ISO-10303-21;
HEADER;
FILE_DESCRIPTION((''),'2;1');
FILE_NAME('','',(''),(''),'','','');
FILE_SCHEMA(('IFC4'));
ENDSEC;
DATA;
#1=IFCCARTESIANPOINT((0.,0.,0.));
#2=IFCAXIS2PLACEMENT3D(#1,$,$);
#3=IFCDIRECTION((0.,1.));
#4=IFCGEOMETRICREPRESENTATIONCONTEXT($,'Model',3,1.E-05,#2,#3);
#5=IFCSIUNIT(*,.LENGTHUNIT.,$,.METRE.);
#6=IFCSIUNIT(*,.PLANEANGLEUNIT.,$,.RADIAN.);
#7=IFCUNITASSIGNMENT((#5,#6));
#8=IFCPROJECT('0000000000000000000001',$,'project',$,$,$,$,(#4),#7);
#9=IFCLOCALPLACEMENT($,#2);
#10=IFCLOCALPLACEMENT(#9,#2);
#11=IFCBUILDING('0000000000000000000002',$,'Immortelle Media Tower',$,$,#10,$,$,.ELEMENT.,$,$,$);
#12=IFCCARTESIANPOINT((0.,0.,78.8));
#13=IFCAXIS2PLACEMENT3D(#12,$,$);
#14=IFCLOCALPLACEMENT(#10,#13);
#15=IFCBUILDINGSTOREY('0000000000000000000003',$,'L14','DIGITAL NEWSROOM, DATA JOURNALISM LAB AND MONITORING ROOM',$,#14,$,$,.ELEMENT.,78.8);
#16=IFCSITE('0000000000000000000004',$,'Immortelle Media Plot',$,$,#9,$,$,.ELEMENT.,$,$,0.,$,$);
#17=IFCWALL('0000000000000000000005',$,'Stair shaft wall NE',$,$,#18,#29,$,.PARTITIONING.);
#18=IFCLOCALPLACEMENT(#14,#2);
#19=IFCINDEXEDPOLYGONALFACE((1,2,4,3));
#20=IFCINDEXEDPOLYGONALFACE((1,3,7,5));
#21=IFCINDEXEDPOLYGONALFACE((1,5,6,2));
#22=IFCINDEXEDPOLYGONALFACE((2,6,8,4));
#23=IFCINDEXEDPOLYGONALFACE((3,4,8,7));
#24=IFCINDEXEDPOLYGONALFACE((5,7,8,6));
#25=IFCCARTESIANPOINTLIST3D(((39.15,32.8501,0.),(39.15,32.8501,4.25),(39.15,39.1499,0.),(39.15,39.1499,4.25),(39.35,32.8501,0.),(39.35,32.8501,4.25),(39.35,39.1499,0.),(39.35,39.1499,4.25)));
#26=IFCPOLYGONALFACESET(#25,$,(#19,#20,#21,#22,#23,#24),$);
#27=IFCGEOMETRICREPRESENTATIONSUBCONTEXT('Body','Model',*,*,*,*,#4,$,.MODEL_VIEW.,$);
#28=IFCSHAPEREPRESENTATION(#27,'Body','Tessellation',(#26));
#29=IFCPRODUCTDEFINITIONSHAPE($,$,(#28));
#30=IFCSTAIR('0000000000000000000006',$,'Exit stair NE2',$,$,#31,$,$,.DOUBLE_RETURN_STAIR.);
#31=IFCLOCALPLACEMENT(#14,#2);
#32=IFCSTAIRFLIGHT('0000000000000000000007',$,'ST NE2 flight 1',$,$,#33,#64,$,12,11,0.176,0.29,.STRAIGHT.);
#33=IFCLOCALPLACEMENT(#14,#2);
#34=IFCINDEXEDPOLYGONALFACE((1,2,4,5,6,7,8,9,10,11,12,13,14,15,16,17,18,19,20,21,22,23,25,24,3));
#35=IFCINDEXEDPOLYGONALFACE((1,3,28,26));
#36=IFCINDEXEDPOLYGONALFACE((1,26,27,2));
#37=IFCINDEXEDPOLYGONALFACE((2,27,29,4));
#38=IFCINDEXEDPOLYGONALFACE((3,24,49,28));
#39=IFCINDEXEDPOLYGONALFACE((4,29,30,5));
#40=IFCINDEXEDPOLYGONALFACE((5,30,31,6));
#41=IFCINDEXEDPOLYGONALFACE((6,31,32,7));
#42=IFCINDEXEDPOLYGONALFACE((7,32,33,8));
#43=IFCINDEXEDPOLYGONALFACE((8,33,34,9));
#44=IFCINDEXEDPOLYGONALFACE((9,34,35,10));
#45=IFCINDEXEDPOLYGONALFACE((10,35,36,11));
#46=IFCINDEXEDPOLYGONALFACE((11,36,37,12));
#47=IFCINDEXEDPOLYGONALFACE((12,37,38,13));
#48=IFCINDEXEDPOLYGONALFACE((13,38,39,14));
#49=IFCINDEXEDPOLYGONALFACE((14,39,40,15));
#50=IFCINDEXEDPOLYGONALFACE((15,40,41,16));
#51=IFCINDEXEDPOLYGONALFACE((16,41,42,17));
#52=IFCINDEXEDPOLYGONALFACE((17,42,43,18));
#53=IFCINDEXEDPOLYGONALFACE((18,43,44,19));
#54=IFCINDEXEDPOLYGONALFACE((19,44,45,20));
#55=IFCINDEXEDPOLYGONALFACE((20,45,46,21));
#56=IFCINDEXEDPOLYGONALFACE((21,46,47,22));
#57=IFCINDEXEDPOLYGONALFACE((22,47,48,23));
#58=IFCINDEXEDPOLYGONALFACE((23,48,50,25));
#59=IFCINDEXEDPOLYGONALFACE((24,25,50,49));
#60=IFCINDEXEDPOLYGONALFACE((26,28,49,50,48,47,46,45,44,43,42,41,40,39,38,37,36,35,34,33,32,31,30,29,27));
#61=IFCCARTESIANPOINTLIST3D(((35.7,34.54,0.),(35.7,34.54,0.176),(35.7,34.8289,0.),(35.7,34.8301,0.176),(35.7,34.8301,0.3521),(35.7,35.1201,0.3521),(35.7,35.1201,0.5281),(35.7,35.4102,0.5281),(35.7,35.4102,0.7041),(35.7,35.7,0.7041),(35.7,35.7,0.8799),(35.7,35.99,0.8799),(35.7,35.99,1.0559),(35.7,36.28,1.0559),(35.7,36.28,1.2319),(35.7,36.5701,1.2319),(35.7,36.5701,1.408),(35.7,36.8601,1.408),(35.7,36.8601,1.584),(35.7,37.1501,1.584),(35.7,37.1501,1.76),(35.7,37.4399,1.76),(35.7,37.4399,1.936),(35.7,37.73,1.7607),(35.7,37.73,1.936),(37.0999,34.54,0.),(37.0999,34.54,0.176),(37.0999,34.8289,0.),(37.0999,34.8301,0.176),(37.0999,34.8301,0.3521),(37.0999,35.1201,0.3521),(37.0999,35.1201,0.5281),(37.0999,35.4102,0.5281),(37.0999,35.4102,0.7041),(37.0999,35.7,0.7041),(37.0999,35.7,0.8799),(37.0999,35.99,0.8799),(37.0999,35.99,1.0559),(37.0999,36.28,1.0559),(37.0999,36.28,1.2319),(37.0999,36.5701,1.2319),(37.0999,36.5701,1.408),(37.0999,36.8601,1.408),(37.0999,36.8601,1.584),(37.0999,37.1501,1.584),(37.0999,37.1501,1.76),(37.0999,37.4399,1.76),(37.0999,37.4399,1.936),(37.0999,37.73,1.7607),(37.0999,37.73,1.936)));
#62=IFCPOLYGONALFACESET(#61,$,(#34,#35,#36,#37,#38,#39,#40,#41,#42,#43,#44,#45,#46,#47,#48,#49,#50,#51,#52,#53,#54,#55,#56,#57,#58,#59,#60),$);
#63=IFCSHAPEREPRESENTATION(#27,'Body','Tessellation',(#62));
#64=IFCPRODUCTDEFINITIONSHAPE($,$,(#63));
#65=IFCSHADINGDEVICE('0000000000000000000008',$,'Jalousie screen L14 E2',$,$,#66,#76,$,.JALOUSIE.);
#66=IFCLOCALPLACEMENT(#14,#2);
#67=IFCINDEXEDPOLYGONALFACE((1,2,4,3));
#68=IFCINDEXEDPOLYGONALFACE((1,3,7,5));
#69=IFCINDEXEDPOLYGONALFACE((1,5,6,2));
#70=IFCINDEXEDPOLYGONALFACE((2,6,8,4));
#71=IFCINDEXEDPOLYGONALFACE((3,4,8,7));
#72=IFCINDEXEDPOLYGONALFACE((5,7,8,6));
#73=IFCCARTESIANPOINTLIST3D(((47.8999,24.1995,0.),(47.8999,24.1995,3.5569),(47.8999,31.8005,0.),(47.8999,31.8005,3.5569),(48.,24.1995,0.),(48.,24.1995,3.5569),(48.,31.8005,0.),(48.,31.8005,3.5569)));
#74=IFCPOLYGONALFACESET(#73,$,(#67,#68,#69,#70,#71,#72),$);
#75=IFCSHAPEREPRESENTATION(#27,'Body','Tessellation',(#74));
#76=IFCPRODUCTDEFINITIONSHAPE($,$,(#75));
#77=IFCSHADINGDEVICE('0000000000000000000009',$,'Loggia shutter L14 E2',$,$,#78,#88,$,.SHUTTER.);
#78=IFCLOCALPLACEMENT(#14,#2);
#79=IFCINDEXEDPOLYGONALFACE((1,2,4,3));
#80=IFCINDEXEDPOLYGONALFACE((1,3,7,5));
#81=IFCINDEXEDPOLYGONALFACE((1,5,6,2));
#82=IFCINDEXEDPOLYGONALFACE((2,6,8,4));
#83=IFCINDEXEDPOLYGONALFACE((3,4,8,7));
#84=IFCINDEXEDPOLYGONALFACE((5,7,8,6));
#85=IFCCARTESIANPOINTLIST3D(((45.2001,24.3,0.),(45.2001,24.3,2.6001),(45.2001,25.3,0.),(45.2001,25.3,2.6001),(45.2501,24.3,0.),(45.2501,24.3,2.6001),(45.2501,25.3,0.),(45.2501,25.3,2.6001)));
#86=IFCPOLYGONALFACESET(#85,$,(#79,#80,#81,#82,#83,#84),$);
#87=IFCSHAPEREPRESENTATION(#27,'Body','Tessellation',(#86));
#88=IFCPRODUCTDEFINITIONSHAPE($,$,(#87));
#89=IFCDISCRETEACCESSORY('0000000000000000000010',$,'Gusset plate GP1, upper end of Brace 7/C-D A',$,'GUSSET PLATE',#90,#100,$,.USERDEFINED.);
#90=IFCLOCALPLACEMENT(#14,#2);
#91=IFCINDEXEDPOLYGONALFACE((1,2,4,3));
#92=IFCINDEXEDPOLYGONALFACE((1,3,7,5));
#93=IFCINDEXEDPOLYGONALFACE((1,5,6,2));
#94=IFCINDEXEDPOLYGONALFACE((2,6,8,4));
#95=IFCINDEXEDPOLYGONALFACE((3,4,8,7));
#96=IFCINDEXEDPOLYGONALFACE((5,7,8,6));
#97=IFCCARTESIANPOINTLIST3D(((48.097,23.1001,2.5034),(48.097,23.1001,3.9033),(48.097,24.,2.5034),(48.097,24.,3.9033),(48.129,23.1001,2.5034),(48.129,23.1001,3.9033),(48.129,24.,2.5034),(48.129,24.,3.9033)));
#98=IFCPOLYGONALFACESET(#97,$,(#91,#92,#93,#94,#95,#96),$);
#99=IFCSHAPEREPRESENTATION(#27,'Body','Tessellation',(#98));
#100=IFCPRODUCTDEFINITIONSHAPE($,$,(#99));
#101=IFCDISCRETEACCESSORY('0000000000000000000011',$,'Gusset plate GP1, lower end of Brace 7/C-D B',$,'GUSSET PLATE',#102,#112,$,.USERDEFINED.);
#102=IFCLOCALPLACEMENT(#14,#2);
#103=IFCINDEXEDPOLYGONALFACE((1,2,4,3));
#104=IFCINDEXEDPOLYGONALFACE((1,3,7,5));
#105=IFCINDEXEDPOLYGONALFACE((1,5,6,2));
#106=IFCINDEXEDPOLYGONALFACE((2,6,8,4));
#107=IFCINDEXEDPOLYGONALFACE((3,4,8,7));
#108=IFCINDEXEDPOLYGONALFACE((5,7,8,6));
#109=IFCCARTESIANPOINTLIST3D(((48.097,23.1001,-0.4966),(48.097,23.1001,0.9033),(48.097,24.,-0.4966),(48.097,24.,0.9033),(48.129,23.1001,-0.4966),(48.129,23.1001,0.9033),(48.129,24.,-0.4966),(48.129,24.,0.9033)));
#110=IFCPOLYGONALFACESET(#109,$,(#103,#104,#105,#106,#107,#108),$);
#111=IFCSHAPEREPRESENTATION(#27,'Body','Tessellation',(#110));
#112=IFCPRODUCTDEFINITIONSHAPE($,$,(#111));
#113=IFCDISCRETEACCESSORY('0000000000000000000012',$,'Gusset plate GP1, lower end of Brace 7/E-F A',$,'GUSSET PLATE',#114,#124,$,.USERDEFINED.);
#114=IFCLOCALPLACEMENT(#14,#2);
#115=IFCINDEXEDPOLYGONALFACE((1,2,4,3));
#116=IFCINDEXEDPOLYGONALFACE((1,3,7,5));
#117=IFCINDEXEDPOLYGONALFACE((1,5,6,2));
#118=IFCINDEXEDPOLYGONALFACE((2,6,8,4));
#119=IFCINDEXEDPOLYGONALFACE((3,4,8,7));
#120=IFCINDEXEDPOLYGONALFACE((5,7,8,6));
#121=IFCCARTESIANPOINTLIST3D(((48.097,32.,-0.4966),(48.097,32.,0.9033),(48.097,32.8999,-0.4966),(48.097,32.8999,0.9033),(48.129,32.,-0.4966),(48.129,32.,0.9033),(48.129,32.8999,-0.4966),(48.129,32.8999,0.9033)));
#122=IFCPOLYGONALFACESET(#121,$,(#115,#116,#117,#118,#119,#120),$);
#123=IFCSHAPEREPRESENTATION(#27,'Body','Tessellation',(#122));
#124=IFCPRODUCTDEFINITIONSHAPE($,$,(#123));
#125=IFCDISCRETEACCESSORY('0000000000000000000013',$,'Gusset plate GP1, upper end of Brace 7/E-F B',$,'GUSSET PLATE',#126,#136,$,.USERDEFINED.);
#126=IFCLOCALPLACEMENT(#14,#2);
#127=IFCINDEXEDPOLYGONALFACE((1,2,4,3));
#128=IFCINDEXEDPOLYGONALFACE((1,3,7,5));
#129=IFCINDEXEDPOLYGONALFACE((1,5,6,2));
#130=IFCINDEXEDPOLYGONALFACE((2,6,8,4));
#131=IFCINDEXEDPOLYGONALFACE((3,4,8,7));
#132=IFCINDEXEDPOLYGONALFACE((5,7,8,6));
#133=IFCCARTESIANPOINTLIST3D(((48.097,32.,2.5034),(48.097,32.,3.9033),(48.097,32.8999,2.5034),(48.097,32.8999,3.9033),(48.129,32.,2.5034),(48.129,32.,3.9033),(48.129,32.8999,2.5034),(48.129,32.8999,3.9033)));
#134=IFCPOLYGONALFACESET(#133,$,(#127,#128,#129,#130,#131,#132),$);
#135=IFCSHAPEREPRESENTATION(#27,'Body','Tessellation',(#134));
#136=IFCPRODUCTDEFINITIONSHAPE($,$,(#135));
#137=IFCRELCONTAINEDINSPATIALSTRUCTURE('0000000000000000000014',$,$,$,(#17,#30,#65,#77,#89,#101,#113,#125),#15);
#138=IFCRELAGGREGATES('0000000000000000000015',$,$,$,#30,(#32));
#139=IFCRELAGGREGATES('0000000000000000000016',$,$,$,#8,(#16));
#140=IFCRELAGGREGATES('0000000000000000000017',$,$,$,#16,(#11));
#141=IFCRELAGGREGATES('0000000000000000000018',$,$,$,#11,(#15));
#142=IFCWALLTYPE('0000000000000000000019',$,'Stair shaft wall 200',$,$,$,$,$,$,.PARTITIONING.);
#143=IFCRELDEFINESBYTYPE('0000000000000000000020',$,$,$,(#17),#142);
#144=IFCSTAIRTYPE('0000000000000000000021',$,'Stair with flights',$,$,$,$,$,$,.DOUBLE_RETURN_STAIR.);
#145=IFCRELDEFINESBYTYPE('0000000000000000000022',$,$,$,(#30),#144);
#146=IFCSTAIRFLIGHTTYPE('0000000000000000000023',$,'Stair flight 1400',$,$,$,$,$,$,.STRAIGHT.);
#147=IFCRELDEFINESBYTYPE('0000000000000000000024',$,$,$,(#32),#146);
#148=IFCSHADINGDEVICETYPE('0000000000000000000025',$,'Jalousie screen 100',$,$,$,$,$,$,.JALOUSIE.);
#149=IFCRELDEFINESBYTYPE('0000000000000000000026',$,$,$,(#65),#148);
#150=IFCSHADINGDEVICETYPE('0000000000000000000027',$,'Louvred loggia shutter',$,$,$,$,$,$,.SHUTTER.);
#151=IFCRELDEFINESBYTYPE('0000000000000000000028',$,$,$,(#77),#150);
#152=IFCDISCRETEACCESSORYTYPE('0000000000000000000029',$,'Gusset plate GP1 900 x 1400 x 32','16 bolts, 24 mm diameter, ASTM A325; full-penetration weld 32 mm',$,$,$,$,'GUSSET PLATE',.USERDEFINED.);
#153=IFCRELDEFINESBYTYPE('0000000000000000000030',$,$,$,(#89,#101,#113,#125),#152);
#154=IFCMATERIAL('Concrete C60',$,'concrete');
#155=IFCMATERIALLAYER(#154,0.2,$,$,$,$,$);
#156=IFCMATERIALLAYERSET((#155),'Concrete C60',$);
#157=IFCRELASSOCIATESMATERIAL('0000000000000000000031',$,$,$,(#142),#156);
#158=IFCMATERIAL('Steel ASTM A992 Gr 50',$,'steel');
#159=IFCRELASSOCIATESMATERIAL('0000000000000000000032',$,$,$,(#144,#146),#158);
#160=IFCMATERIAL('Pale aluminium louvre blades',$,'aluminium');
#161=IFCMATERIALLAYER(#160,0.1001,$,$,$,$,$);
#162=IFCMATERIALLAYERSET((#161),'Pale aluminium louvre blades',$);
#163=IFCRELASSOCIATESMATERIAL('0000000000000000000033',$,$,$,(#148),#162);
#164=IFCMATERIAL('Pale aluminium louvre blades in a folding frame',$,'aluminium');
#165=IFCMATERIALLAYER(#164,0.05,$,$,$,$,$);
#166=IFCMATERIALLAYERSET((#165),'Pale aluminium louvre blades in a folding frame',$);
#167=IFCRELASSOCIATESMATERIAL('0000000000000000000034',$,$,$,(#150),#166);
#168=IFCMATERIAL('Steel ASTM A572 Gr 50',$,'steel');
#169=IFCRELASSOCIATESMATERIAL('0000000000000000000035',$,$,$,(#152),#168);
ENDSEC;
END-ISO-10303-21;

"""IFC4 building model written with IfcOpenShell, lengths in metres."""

from ifc_helpers import new_model, si_unit, direction, frame, frame_2d, origin, origin_2d, place, context, subcontext, project, spatial, polyline, rectangle, outline, extrude, material, layer, layer_set, material_profile, profile_set, type_object, element, aggregate, save


model = new_model("IFC4")

# Units and contexts
model_context = context("Model", 3, precision=1e-05, world=origin(), true_north=direction((0.0, 1.0)))
body_context = subcontext(model_context, "Body", "Model", "MODEL_VIEW")
ifc_project = project(units=[si_unit("LENGTHUNIT", "METRE"), si_unit("PLANEANGLEUNIT", "RADIAN")], contexts=[model_context])

# Site, building, storey
site_placement = place(None, origin())
site = spatial("IfcSite", under=ifc_project, at=site_placement, Name="Immortelle Media Plot", CompositionType="ELEMENT", RefElevation=0.0)
building_placement = place(site_placement, origin())
building = spatial("IfcBuilding", under=site, at=building_placement, Name="Immortelle Media Tower", CompositionType="ELEMENT")
storey_placement = place(building_placement, frame((0.0, 0.0, 78.8)))
storey = spatial("IfcBuildingStorey", under=building, at=storey_placement, Name="L14", Description="DIGITAL NEWSROOM, DATA JOURNALISM LAB AND MONITORING ROOM", CompositionType="ELEMENT", Elevation=78.8)

# Shared definitions
ifc_material_1 = material(Name="Steel ASTM A992 Gr 50", Category="steel")

# Wall
ifc_material_2 = material(Name="Concrete C60", Category="concrete")
ifc_layer_1 = layer(ifc_material_2, 0.2)
ifc_layer_set_1 = layer_set([ifc_layer_1], Name="Concrete C60")
wall_type_1 = type_object("IfcWallType", Name="Stair shaft wall 200", PredefinedType="PARTITIONING", material=ifc_layer_set_1)
for number, where, z_axis, x_axis, name in (
    (1, (39.25, 32.8501, 0.0), (0.0, 0.0, 1.0), (0.0, 1.0, 0.0), "Stair shaft wall NE"),
):
    element("IfcWall", number, at=place(storey_placement, frame(where, z_axis=z_axis, x_axis=x_axis)), inside=storey, type_object=wall_type_1, Name=name, PredefinedType="PARTITIONING", context=body_context, shape_type="SweptSolid", body=[
        extrude(rectangle(XDim=6.2998, YDim=0.2, at=frame_2d((3.1499, 0.0))), origin(), (0.0, 0.0, 1.0), 4.25),
    ])

# Stair, stair flight
stair_type = type_object("IfcStairType", Name="Stair with flights", PredefinedType="DOUBLE_RETURN_STAIR", material=ifc_material_1)
stair_placement = place(storey_placement, origin())
stair = element("IfcStair", 2, at=stair_placement, inside=storey, type_object=stair_type, Name="Exit stair NE2", PredefinedType="DOUBLE_RETURN_STAIR")
stair_flight_type = type_object("IfcStairFlightType", Name="Stair flight 1400", PredefinedType="STRAIGHT", material=ifc_material_1)
stair_flight_placement = place(storey_placement, frame((36.3999, 34.54, 0.0), z_axis=(0.0, 0.0, 1.0), x_axis=(0.0, 1.0, 0.0)))
stair_flight = element("IfcStairFlight", 3, at=stair_flight_placement, type_object=stair_flight_type, Name="ST NE2 flight 1", NumberOfRisers=12, NumberOfTreads=11, PredefinedType="STRAIGHT", RiserHeight=0.176, TreadLength=0.29, context=body_context, shape_type="SweptSolid", body=[
    extrude(outline(polyline([(0.0, 0.0), (0.0, 0.176), (0.29, 0.176), (0.29, 0.3521), (0.5801, 0.3521), (0.5801, 0.5281), (0.8701, 0.5281), (0.8701, 0.7041), (1.1599, 0.7041), (1.1599, 0.8799), (1.45, 0.8799), (1.45, 1.0559), (1.74, 1.0559), (1.74, 1.2319), (2.03, 1.2319), (2.03, 1.408), (2.3201, 1.408), (2.3201, 1.584), (2.6101, 1.584), (2.6101, 1.76), (2.8999, 1.76), (2.8999, 1.936), (3.1899, 1.936), (3.1899, 2.1121), (3.1899, 1.7607), (0.2888, 0.0), (0.0, 0.0)])), frame((0.0, 0.7, 0.0), z_axis=(0.0, -1.0, 0.0), x_axis=(1.0, 0.0, 0.0)), (0.0, 0.0, 1.0), 1.3999),
])
aggregate(stair, [stair_flight])

# Shading devices
ifc_material_3 = material(Name="Pale aluminium louvre blades", Category="aluminium")
ifc_layer_2 = layer(ifc_material_3, 0.1001)
ifc_layer_set_2 = layer_set([ifc_layer_2], Name="Pale aluminium louvre blades")
shading_device_type_1 = type_object("IfcShadingDeviceType", Name="Jalousie screen 100", PredefinedType="JALOUSIE", material=ifc_layer_set_2)
shading_device_1_placement = place(storey_placement, frame((47.95, 28.0, 0.0), z_axis=(0.0, 0.0, 1.0), x_axis=(0.0, 1.0, 0.0)))
element("IfcShadingDevice", 4, at=shading_device_1_placement, inside=storey, type_object=shading_device_type_1, Name="Jalousie screen L14 E2", PredefinedType="JALOUSIE", context=body_context, shape_type="SweptSolid", body=[
    extrude(rectangle(XDim=7.6011, YDim=0.1001, at=origin_2d()), origin(), (0.0, 0.0, 1.0), 3.5569),
])
ifc_material_4 = material(Name="Pale aluminium louvre blades in a folding frame", Category="aluminium")
ifc_layer_3 = layer(ifc_material_4, 0.05)
ifc_layer_set_3 = layer_set([ifc_layer_3], Name="Pale aluminium louvre blades in a folding frame")
shading_device_type_2 = type_object("IfcShadingDeviceType", Name="Louvred loggia shutter", PredefinedType="SHUTTER", material=ifc_layer_set_3)
shading_device_2_placement = place(storey_placement, frame((45.2251, 24.8, 0.0), z_axis=(0.0, 0.0, 1.0), x_axis=(0.0, 1.0, 0.0)))
element("IfcShadingDevice", 5, at=shading_device_2_placement, inside=storey, type_object=shading_device_type_2, Name="Loggia shutter L14 E2", PredefinedType="SHUTTER", context=body_context, shape_type="SweptSolid", body=[
    extrude(rectangle(XDim=1.0, YDim=0.05, at=origin_2d()), origin(), (0.0, 0.0, 1.0), 2.6001),
])

# Discrete accessories
ifc_material_5 = material(Name="Steel ASTM A572 Gr 50", Category="steel")
ifc_material_profile_1 = material_profile(ifc_material_5, rectangle(XDim=0.032, YDim=1.3999, at=origin_2d()), Name="PL 32 x 1400")
ifc_profile_set_1 = profile_set([ifc_material_profile_1], Name="Steel ASTM A572 Gr 50")
discrete_accessory_type = type_object("IfcDiscreteAccessoryType", Name="Gusset plate GP1 900 x 1400 x 32", Description="16 bolts, 24 mm diameter, ASTM A325; full-penetration weld 32 mm", ElementType="GUSSET PLATE", PredefinedType="USERDEFINED", material=ifc_profile_set_1)
for number, where, z_axis, x_axis, name in (
    (6, (48.113, 24.0, 3.2034), (0.0, -1.0, 0.0), (1.0, 0.0, 0.0), "Gusset plate GP1, upper end of Brace 7/C-D A"),
    (7, (48.113, 24.0, 0.2034), (0.0, -1.0, 0.0), (1.0, 0.0, 0.0), "Gusset plate GP1, lower end of Brace 7/C-D B"),
    (8, (48.113, 32.0, 0.2034), (0.0, 1.0, 0.0), (-1.0, 0.0, 0.0), "Gusset plate GP1, lower end of Brace 7/E-F A"),
    (9, (48.113, 32.0, 3.2034), (0.0, 1.0, 0.0), (-1.0, 0.0, 0.0), "Gusset plate GP1, upper end of Brace 7/E-F B"),
):
    element("IfcDiscreteAccessory", number, at=place(storey_placement, frame(where, z_axis=z_axis, x_axis=x_axis)), inside=storey, type_object=discrete_accessory_type, Name=name, ObjectType="GUSSET PLATE", PredefinedType="USERDEFINED", context=body_context, shape_type="SweptSolid", body=[
        extrude(rectangle(XDim=0.032, YDim=1.3999, at=origin_2d()), origin(), (0.0, 0.0, 1.0), 0.8999),
    ])

save(model, "model.ifc")
